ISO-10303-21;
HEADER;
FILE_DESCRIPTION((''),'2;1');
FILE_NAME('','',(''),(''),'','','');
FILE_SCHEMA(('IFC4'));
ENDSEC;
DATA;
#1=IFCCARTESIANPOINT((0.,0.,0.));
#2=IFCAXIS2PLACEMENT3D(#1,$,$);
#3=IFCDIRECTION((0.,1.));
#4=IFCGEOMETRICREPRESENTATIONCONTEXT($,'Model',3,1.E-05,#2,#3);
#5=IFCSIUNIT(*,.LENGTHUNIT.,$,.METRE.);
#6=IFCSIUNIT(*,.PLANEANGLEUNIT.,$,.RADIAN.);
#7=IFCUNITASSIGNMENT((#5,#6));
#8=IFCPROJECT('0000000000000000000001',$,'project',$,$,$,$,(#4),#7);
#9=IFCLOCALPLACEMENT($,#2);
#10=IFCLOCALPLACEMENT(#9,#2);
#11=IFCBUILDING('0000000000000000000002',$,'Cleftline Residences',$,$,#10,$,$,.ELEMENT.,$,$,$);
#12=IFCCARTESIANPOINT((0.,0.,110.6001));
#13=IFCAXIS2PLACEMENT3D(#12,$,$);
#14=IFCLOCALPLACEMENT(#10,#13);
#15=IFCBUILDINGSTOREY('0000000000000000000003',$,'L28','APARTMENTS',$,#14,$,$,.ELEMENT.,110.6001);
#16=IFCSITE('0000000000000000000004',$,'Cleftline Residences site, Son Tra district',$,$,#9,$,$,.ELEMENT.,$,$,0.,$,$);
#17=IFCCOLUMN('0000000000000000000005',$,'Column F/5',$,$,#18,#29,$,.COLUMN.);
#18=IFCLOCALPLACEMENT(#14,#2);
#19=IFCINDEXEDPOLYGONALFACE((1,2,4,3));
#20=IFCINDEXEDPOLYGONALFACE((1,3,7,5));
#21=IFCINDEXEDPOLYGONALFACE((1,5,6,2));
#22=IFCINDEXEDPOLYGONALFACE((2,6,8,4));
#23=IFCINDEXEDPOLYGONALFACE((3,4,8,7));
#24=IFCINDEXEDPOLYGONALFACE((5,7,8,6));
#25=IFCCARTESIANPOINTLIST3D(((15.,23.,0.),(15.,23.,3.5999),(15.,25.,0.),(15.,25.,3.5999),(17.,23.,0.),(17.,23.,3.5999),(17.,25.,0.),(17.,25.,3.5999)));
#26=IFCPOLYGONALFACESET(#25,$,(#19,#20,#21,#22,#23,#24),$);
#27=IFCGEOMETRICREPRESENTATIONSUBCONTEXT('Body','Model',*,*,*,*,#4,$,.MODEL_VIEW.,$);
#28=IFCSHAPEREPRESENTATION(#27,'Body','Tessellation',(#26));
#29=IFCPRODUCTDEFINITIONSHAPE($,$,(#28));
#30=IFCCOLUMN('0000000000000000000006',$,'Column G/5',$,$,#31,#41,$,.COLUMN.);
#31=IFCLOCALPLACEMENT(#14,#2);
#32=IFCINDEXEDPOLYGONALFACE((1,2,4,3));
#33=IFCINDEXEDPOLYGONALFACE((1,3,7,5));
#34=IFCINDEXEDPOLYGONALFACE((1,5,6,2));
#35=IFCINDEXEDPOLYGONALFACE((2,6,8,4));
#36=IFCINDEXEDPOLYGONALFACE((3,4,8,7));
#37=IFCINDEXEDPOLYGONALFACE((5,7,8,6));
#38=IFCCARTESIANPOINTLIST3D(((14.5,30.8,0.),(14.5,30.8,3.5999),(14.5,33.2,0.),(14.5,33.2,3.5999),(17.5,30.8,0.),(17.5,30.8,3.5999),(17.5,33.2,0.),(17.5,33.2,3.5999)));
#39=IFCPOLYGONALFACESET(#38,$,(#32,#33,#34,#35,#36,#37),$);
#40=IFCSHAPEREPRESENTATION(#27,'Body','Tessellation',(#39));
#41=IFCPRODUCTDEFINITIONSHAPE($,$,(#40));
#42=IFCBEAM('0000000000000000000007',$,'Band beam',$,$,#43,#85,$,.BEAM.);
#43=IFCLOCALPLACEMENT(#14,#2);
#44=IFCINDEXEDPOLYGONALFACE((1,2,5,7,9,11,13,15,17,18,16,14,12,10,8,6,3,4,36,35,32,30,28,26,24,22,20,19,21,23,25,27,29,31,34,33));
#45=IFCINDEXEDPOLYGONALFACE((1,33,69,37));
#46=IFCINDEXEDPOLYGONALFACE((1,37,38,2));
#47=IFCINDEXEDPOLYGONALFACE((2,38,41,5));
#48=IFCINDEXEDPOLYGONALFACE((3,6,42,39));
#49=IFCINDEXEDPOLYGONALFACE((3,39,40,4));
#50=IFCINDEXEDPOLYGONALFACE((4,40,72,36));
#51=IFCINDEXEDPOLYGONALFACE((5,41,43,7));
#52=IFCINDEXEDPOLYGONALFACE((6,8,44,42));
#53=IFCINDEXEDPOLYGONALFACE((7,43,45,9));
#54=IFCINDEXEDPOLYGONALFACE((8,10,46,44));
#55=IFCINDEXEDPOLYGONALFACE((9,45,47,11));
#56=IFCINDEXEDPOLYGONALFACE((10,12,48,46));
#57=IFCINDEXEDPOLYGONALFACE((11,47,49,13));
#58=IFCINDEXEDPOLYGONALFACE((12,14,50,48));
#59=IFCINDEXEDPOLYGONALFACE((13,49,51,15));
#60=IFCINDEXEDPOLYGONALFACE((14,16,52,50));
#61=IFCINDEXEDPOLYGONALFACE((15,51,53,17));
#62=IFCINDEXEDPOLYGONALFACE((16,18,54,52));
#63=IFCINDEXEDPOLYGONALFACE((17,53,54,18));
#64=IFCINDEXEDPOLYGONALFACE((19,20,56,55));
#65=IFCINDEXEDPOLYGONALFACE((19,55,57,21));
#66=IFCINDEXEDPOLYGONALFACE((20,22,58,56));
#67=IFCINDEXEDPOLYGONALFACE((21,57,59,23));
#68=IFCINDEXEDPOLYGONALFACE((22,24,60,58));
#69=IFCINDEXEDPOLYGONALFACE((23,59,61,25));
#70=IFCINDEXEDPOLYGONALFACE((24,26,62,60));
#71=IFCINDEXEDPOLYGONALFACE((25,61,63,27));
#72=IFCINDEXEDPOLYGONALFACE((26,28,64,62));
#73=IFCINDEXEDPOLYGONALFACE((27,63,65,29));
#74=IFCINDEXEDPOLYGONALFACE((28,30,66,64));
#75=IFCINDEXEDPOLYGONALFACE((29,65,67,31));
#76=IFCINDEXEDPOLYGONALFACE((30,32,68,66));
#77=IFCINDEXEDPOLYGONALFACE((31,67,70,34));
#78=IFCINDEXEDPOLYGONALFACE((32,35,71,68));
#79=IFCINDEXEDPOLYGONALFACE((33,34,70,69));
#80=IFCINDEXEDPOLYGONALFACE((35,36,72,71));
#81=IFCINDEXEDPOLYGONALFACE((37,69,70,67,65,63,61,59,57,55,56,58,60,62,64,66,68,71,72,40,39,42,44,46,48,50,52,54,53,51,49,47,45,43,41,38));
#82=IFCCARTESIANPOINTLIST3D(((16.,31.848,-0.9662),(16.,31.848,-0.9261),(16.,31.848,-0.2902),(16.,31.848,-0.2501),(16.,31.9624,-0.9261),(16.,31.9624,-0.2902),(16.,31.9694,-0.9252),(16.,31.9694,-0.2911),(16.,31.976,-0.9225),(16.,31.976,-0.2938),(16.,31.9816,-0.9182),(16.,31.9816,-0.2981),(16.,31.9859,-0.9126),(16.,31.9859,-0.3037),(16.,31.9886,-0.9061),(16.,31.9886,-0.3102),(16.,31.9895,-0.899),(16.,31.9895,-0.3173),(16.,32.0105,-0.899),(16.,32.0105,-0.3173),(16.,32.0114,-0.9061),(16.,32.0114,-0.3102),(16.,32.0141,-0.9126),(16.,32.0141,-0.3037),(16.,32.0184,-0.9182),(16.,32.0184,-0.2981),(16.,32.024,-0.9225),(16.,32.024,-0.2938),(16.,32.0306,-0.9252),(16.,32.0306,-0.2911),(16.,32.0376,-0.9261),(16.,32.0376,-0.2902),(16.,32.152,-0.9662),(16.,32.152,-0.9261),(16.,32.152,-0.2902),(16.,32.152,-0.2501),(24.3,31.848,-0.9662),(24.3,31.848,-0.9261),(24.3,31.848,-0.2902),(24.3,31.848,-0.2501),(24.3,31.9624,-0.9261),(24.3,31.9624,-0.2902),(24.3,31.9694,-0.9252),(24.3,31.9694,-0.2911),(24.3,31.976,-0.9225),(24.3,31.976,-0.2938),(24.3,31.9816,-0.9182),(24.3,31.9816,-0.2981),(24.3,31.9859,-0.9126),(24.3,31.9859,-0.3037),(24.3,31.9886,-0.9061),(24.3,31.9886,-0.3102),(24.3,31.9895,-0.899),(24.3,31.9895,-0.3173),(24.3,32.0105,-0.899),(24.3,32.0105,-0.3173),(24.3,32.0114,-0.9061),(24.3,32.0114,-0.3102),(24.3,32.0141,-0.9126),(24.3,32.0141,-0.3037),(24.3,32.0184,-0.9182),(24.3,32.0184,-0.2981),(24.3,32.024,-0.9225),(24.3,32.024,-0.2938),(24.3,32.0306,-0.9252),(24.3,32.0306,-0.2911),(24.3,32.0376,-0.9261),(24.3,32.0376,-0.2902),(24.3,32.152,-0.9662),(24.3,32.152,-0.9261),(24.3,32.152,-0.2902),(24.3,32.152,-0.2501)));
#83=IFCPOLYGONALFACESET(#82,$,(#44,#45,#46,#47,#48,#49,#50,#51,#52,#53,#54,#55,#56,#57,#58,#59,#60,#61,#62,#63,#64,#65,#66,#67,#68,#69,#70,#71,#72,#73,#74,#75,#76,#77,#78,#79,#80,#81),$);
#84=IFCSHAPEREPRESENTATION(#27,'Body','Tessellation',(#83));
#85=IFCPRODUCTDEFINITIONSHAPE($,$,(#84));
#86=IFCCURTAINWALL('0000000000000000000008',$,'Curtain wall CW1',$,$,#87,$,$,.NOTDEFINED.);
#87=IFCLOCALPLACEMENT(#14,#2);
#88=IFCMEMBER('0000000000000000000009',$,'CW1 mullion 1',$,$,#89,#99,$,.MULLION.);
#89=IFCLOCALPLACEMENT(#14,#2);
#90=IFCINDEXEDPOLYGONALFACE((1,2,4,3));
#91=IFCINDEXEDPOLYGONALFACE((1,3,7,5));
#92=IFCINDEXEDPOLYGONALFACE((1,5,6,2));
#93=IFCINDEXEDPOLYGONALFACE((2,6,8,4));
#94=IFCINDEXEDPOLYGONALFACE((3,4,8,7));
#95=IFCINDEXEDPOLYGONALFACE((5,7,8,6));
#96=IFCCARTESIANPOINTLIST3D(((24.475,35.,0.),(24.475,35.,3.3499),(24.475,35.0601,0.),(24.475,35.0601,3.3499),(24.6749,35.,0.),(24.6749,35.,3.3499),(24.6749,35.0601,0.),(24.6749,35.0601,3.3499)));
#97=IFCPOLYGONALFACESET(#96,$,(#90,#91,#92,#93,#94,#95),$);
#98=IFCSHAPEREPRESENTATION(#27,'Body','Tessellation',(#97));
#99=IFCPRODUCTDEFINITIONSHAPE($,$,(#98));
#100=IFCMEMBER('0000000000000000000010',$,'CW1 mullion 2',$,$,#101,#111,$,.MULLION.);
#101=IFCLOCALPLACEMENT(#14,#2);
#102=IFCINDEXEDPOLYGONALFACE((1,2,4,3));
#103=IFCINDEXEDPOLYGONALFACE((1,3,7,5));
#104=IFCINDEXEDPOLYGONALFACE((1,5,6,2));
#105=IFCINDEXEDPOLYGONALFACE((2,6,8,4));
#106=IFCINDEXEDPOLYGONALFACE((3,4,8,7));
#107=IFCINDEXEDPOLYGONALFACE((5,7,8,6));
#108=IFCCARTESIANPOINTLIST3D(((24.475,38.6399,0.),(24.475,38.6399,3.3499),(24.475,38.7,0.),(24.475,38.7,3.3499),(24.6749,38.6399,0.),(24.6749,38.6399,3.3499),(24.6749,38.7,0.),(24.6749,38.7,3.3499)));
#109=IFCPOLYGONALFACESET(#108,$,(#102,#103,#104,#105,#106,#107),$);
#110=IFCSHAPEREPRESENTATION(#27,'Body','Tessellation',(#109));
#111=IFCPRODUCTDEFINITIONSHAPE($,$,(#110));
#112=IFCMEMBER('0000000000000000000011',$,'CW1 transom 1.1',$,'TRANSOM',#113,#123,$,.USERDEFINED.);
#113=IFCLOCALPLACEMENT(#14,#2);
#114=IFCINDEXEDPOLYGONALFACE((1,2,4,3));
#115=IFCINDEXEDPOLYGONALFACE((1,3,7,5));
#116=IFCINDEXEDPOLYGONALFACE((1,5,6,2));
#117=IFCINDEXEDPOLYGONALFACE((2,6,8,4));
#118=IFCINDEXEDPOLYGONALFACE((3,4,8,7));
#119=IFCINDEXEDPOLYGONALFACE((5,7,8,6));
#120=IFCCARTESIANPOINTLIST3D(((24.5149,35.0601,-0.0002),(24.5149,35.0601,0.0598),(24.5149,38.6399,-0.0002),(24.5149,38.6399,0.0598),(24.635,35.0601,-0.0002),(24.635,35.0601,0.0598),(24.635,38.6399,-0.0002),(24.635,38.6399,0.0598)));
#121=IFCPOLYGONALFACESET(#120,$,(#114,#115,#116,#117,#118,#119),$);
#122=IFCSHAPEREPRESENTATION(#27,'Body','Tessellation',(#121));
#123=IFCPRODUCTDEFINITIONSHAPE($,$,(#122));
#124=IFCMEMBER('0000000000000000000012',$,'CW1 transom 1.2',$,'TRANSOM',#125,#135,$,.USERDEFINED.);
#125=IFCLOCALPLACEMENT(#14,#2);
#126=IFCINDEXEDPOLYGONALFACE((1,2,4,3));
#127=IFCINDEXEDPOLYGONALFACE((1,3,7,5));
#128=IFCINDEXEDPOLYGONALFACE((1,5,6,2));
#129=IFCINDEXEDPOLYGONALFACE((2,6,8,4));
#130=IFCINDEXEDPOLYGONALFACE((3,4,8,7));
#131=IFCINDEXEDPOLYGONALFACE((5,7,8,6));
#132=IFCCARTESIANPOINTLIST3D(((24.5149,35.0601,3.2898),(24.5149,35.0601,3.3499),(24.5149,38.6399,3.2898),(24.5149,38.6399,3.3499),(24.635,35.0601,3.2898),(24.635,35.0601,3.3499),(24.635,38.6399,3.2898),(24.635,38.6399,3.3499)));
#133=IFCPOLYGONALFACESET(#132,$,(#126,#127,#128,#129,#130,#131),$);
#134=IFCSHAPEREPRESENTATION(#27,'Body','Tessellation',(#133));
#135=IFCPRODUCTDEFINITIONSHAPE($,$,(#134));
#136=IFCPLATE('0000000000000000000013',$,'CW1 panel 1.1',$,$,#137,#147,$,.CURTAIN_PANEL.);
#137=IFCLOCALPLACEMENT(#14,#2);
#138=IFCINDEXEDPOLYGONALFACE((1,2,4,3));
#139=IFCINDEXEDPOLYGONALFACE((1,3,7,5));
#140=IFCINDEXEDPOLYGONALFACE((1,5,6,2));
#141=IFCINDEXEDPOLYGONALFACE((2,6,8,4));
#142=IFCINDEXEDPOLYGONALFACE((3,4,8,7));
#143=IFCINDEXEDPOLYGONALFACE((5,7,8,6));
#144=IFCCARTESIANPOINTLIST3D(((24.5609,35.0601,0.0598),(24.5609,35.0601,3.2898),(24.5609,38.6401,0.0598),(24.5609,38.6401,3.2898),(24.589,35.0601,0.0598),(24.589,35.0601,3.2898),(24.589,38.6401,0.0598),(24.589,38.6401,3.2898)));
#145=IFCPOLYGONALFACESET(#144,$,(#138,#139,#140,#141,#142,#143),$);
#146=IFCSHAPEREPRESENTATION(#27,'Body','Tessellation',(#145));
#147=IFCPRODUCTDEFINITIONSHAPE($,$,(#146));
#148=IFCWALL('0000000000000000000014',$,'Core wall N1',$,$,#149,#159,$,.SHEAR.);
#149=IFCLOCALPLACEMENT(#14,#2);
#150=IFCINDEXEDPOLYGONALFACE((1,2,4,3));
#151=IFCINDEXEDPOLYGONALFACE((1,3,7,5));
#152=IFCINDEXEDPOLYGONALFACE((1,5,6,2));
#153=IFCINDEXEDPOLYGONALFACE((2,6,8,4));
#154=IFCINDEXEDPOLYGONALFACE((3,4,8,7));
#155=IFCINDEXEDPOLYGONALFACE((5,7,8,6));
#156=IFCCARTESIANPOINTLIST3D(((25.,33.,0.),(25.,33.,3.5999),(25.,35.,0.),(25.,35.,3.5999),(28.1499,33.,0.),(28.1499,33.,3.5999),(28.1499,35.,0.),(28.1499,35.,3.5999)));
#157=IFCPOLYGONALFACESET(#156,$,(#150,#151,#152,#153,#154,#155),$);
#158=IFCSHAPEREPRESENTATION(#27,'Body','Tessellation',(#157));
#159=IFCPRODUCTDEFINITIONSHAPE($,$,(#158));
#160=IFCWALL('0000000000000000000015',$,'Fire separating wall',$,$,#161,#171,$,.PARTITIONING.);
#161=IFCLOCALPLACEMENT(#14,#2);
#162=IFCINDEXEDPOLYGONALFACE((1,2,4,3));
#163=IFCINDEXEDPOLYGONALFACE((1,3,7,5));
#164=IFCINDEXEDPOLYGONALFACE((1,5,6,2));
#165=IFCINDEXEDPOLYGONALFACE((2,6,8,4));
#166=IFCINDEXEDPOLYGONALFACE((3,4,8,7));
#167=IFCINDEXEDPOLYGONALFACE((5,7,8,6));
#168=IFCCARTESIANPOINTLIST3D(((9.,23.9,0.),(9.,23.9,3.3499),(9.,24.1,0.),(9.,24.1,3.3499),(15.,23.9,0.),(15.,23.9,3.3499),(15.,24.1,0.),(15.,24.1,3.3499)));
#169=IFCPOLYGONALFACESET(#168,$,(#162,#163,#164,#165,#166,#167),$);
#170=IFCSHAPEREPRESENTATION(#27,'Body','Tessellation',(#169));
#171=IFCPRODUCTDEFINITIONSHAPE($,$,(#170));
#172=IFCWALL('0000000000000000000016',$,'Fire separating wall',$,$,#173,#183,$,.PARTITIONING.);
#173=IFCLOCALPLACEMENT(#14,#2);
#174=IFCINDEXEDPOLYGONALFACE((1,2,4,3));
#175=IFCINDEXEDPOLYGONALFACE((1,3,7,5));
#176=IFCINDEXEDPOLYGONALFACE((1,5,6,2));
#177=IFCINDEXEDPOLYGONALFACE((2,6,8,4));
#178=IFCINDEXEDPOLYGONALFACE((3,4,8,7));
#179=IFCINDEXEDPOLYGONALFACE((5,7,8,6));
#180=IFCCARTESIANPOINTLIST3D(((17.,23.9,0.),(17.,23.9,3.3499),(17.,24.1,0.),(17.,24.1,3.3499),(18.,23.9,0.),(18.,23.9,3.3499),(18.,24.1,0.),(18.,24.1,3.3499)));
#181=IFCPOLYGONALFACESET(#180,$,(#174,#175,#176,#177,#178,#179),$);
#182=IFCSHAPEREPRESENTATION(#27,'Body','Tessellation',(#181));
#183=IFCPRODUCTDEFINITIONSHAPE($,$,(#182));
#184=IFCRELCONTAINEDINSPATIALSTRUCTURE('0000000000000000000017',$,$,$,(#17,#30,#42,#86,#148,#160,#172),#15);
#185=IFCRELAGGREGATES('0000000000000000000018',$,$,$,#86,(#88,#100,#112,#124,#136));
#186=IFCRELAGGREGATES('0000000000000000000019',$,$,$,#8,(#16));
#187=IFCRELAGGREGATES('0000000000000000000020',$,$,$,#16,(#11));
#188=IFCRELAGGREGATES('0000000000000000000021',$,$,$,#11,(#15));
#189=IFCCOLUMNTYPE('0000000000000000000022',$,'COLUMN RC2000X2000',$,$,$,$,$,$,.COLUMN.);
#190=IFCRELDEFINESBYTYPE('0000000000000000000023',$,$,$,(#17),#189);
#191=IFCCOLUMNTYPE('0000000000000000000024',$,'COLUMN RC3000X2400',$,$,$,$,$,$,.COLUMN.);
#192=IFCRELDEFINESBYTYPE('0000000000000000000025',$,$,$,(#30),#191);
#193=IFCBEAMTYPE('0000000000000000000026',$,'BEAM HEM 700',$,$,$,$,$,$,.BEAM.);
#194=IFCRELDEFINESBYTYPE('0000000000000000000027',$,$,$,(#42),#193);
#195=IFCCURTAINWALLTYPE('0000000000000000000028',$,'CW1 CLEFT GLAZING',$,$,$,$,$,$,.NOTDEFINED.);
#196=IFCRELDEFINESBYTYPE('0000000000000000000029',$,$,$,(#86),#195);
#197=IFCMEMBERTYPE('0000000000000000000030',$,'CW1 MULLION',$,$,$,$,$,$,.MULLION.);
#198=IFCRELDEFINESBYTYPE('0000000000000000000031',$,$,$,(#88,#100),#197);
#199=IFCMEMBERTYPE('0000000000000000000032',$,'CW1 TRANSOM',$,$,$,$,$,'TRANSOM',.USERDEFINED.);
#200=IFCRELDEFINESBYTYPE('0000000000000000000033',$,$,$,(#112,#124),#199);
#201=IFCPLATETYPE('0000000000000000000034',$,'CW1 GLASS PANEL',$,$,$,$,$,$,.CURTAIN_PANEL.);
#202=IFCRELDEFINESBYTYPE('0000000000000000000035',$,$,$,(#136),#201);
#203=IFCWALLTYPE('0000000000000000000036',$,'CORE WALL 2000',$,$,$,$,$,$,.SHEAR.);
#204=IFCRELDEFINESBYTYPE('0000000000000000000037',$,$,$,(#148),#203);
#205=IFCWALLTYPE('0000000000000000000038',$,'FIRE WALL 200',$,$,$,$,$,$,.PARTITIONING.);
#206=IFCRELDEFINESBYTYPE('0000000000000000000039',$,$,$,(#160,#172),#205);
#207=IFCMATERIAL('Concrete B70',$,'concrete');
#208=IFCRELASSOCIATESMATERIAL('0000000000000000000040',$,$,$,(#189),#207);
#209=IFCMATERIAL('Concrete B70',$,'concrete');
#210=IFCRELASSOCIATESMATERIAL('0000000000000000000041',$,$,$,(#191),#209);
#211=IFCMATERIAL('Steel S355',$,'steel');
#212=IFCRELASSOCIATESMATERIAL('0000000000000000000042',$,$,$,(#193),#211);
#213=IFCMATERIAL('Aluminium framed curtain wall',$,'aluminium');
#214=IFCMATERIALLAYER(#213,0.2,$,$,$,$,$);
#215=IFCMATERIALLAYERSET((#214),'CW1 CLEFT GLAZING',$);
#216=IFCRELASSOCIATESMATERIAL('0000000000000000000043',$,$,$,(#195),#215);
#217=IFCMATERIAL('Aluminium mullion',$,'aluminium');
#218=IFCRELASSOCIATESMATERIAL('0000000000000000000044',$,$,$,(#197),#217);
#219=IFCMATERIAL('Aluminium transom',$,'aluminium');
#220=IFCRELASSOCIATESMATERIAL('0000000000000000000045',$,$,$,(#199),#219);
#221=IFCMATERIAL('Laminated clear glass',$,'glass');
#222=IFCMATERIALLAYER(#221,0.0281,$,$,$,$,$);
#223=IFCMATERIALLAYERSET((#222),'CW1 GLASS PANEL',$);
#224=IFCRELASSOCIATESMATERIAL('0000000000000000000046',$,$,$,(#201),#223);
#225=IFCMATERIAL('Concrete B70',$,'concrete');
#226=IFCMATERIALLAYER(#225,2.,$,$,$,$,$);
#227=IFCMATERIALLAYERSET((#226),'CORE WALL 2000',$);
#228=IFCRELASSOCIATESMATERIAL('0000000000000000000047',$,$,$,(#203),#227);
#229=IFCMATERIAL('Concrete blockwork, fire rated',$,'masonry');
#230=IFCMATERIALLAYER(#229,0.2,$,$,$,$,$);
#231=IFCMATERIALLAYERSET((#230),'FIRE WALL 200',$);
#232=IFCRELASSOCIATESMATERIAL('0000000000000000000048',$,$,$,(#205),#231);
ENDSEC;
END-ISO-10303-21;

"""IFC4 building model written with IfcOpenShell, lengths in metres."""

from ifc_helpers import new_model, si_unit, direction, frame, frame_2d, origin, origin_2d, place, context, subcontext, project, spatial, rectangle, i_section, extrude, material, layer, layer_set, material_profile, profile_set, type_object, element, aggregate, save


model = new_model("IFC4")

# Units and contexts
model_context = context("Model", 3, precision=1e-05, world=origin(), true_north=direction((0.0, 1.0)))
body_context = subcontext(model_context, "Body", "Model", "MODEL_VIEW")
ifc_project = project(units=[si_unit("LENGTHUNIT", "METRE"), si_unit("PLANEANGLEUNIT", "RADIAN")], contexts=[model_context])

# Site, building, storey
site_placement = place(None, origin())
site = spatial("IfcSite", under=ifc_project, at=site_placement, Name="Cleftline Residences site, Son Tra district", CompositionType="ELEMENT", RefElevation=0.0)
building_placement = place(site_placement, origin())
building = spatial("IfcBuilding", under=site, at=building_placement, Name="Cleftline Residences", CompositionType="ELEMENT")
storey_placement = place(building_placement, frame((0.0, 0.0, 110.6001)))
storey = spatial("IfcBuildingStorey", under=building, at=storey_placement, Name="L28", Description="APARTMENTS", CompositionType="ELEMENT", Elevation=110.6001)

# Columns
ifc_material_1 = material(Name="Concrete B70", Category="concrete")
ifc_material_profile_1 = material_profile(ifc_material_1, rectangle(XDim=2.0, YDim=2.0, at=origin_2d()))
ifc_profile_set_1 = profile_set([ifc_material_profile_1], Name="Concrete B70")
column_type_1 = type_object("IfcColumnType", Name="COLUMN RC2000X2000", PredefinedType="COLUMN", material=ifc_profile_set_1)
column_1_placement = place(storey_placement, frame((16.0, 24.0, 0.0), z_axis=(0.0, 0.0, 1.0), x_axis=(1.0, 0.0, 0.0)))
element("IfcColumn", 1, at=column_1_placement, inside=storey, type_object=column_type_1, Name="Column F/5", PredefinedType="COLUMN", context=body_context, shape_type="SweptSolid", body=[
    extrude(rectangle(XDim=2.0, YDim=2.0, at=origin_2d()), origin(), (0.0, 0.0, 1.0), 3.5999),
])
ifc_material_2 = material(Name="Concrete B70", Category="concrete")
ifc_material_profile_2 = material_profile(ifc_material_2, rectangle(XDim=3.0, YDim=2.3999, at=origin_2d()))
ifc_profile_set_2 = profile_set([ifc_material_profile_2], Name="Concrete B70")
column_type_2 = type_object("IfcColumnType", Name="COLUMN RC3000X2400", PredefinedType="COLUMN", material=ifc_profile_set_2)
column_2_placement = place(storey_placement, frame((16.0, 32.0, 0.0), z_axis=(0.0, 0.0, 1.0), x_axis=(1.0, 0.0, 0.0)))
element("IfcColumn", 2, at=column_2_placement, inside=storey, type_object=column_type_2, Name="Column G/5", PredefinedType="COLUMN", context=body_context, shape_type="SweptSolid", body=[
    extrude(rectangle(XDim=3.0, YDim=2.3999, at=origin_2d()), origin(), (0.0, 0.0, 1.0), 3.5999),
])

# Beam
ifc_material_3 = material(Name="Steel S355", Category="steel")
ifc_material_profile_3 = material_profile(ifc_material_3, i_section(OverallWidth=0.304, OverallDepth=0.7161, WebThickness=0.021, FlangeThickness=0.04, FilletRadius=0.0271, at=origin_2d()))
ifc_profile_set_3 = profile_set([ifc_material_profile_3], Name="Steel S355")
beam_type = type_object("IfcBeamType", Name="BEAM HEM 700", PredefinedType="BEAM", material=ifc_profile_set_3)
beam_placement = place(storey_placement, frame((16.0, 32.0, -0.6082), z_axis=(1.0, 0.0, 0.0), x_axis=(0.0, 1.0, 0.0)))
element("IfcBeam", 3, at=beam_placement, inside=storey, type_object=beam_type, Name="Band beam", PredefinedType="BEAM", context=body_context, shape_type="SweptSolid", body=[
    extrude(i_section(OverallWidth=0.304, OverallDepth=0.7161, WebThickness=0.021, FlangeThickness=0.04, FilletRadius=0.0271, at=origin_2d()), origin(), (0.0, 0.0, 1.0), 8.3),
])

# Curtain wall, members, plate
ifc_material_4 = material(Name="Aluminium framed curtain wall", Category="aluminium")
ifc_layer_1 = layer(ifc_material_4, 0.2)
ifc_layer_set_1 = layer_set([ifc_layer_1], Name="CW1 CLEFT GLAZING")
curtain_wall_type = type_object("IfcCurtainWallType", Name="CW1 CLEFT GLAZING", PredefinedType="NOTDEFINED", material=ifc_layer_set_1)
curtain_wall_placement = place(storey_placement, origin())
curtain_wall = element("IfcCurtainWall", 4, at=curtain_wall_placement, inside=storey, type_object=curtain_wall_type, Name="Curtain wall CW1", PredefinedType="NOTDEFINED")
ifc_material_5 = material(Name="Aluminium mullion", Category="aluminium")
ifc_material_profile_4 = material_profile(ifc_material_5, rectangle(XDim=0.2, YDim=0.0601, at=origin_2d()))
ifc_profile_set_4 = profile_set([ifc_material_profile_4], Name="Aluminium mullion")
member_type_1 = type_object("IfcMemberType", Name="CW1 MULLION", PredefinedType="MULLION", material=ifc_profile_set_4)
member_1_placement = place(storey_placement, frame((24.575, 35.03, 0.0), z_axis=(0.0, 0.0, 1.0), x_axis=(-1.0, 0.0, 0.0)))
member_1 = element("IfcMember", 5, at=member_1_placement, type_object=member_type_1, Name="CW1 mullion 1", PredefinedType="MULLION", context=body_context, shape_type="SweptSolid", body=[
    extrude(rectangle(XDim=0.2, YDim=0.0601, at=origin_2d()), origin(), (0.0, 0.0, 1.0), 3.3499),
])
member_2_placement = place(storey_placement, frame((24.575, 38.6699, 0.0), z_axis=(0.0, 0.0, 1.0), x_axis=(-1.0, 0.0, 0.0)))
member_2 = element("IfcMember", 6, at=member_2_placement, type_object=member_type_1, Name="CW1 mullion 2", PredefinedType="MULLION", context=body_context, shape_type="SweptSolid", body=[
    extrude(rectangle(XDim=0.2, YDim=0.0601, at=origin_2d()), origin(), (0.0, 0.0, 1.0), 3.3499),
])
ifc_material_6 = material(Name="Aluminium transom", Category="aluminium")
ifc_material_profile_5 = material_profile(ifc_material_6, rectangle(XDim=0.1201, YDim=0.0601, at=origin_2d()))
ifc_profile_set_5 = profile_set([ifc_material_profile_5], Name="Aluminium transom")
member_type_2 = type_object("IfcMemberType", Name="CW1 TRANSOM", ElementType="TRANSOM", PredefinedType="USERDEFINED", material=ifc_profile_set_5)
member_3_placement = place(storey_placement, frame((24.575, 35.0601, 0.0298), z_axis=(0.0, 1.0, 0.0), x_axis=(-1.0, 0.0, 0.0)))
member_3 = element("IfcMember", 7, at=member_3_placement, type_object=member_type_2, Name="CW1 transom 1.1", ObjectType="TRANSOM", PredefinedType="USERDEFINED", context=body_context, shape_type="SweptSolid", body=[
    extrude(rectangle(XDim=0.1201, YDim=0.0601, at=origin_2d()), origin(), (0.0, 0.0, 1.0), 3.5798),
])
member_4_placement = place(storey_placement, frame((24.575, 35.0601, 3.3198), z_axis=(0.0, 1.0, 0.0), x_axis=(-1.0, 0.0, 0.0)))
member_4 = element("IfcMember", 8, at=member_4_placement, type_object=member_type_2, Name="CW1 transom 1.2", ObjectType="TRANSOM", PredefinedType="USERDEFINED", context=body_context, shape_type="SweptSolid", body=[
    extrude(rectangle(XDim=0.1201, YDim=0.0601, at=origin_2d()), origin(), (0.0, 0.0, 1.0), 3.5798),
])
ifc_material_7 = material(Name="Laminated clear glass", Category="glass")
ifc_layer_2 = layer(ifc_material_7, 0.0281)
ifc_layer_set_2 = layer_set([ifc_layer_2], Name="CW1 GLASS PANEL")
plate_type = type_object("IfcPlateType", Name="CW1 GLASS PANEL", PredefinedType="CURTAIN_PANEL", material=ifc_layer_set_2)
plate_placement = place(storey_placement, frame((24.575, 36.8501, 0.0598), z_axis=(0.0, 0.0, 1.0), x_axis=(0.0, 1.0, 0.0)))
plate = element("IfcPlate", 9, at=plate_placement, type_object=plate_type, Name="CW1 panel 1.1", PredefinedType="CURTAIN_PANEL", context=body_context, shape_type="SweptSolid", body=[
    extrude(rectangle(XDim=3.5801, YDim=0.0281, at=origin_2d()), origin(), (0.0, 0.0, 1.0), 3.23),
])
aggregate(curtain_wall, [member_1, member_2, member_3, member_4, plate])

# Walls
ifc_material_8 = material(Name="Concrete B70", Category="concrete")
ifc_layer_3 = layer(ifc_material_8, 2.0)
ifc_layer_set_3 = layer_set([ifc_layer_3], Name="CORE WALL 2000")
wall_type_1 = type_object("IfcWallType", Name="CORE WALL 2000", PredefinedType="SHEAR", material=ifc_layer_set_3)
wall_1_placement = place(storey_placement, frame((25.0, 34.0, 0.0), z_axis=(0.0, 0.0, 1.0), x_axis=(1.0, 0.0, 0.0)))
element("IfcWall", 10, at=wall_1_placement, inside=storey, type_object=wall_type_1, Name="Core wall N1", PredefinedType="SHEAR", context=body_context, shape_type="SweptSolid", body=[
    extrude(rectangle(XDim=3.1499, YDim=2.0, at=frame_2d((1.575, 0.0))), origin(), (0.0, 0.0, 1.0), 3.5999),
])
ifc_material_9 = material(Name="Concrete blockwork, fire rated", Category="masonry")
ifc_layer_4 = layer(ifc_material_9, 0.2)
ifc_layer_set_4 = layer_set([ifc_layer_4], Name="FIRE WALL 200")
wall_type_2 = type_object("IfcWallType", Name="FIRE WALL 200", PredefinedType="PARTITIONING", material=ifc_layer_set_4)
wall_2_placement = place(storey_placement, frame((9.0, 24.0, 0.0), z_axis=(0.0, 0.0, 1.0), x_axis=(1.0, 0.0, 0.0)))
element("IfcWall", 11, at=wall_2_placement, inside=storey, type_object=wall_type_2, Name="Fire separating wall", PredefinedType="PARTITIONING", context=body_context, shape_type="SweptSolid", body=[
    extrude(rectangle(XDim=6.0, YDim=0.2, at=frame_2d((3.0, 0.0))), origin(), (0.0, 0.0, 1.0), 3.3499),
])
wall_3_placement = place(storey_placement, frame((17.0, 24.0, 0.0), z_axis=(0.0, 0.0, 1.0), x_axis=(1.0, 0.0, 0.0)))
element("IfcWall", 12, at=wall_3_placement, inside=storey, type_object=wall_type_2, Name="Fire separating wall", PredefinedType="PARTITIONING", context=body_context, shape_type="SweptSolid", body=[
    extrude(rectangle(XDim=1.0, YDim=0.2, at=frame_2d((0.5, 0.0))), origin(), (0.0, 0.0, 1.0), 3.3499),
])

save(model, "model.ifc")
